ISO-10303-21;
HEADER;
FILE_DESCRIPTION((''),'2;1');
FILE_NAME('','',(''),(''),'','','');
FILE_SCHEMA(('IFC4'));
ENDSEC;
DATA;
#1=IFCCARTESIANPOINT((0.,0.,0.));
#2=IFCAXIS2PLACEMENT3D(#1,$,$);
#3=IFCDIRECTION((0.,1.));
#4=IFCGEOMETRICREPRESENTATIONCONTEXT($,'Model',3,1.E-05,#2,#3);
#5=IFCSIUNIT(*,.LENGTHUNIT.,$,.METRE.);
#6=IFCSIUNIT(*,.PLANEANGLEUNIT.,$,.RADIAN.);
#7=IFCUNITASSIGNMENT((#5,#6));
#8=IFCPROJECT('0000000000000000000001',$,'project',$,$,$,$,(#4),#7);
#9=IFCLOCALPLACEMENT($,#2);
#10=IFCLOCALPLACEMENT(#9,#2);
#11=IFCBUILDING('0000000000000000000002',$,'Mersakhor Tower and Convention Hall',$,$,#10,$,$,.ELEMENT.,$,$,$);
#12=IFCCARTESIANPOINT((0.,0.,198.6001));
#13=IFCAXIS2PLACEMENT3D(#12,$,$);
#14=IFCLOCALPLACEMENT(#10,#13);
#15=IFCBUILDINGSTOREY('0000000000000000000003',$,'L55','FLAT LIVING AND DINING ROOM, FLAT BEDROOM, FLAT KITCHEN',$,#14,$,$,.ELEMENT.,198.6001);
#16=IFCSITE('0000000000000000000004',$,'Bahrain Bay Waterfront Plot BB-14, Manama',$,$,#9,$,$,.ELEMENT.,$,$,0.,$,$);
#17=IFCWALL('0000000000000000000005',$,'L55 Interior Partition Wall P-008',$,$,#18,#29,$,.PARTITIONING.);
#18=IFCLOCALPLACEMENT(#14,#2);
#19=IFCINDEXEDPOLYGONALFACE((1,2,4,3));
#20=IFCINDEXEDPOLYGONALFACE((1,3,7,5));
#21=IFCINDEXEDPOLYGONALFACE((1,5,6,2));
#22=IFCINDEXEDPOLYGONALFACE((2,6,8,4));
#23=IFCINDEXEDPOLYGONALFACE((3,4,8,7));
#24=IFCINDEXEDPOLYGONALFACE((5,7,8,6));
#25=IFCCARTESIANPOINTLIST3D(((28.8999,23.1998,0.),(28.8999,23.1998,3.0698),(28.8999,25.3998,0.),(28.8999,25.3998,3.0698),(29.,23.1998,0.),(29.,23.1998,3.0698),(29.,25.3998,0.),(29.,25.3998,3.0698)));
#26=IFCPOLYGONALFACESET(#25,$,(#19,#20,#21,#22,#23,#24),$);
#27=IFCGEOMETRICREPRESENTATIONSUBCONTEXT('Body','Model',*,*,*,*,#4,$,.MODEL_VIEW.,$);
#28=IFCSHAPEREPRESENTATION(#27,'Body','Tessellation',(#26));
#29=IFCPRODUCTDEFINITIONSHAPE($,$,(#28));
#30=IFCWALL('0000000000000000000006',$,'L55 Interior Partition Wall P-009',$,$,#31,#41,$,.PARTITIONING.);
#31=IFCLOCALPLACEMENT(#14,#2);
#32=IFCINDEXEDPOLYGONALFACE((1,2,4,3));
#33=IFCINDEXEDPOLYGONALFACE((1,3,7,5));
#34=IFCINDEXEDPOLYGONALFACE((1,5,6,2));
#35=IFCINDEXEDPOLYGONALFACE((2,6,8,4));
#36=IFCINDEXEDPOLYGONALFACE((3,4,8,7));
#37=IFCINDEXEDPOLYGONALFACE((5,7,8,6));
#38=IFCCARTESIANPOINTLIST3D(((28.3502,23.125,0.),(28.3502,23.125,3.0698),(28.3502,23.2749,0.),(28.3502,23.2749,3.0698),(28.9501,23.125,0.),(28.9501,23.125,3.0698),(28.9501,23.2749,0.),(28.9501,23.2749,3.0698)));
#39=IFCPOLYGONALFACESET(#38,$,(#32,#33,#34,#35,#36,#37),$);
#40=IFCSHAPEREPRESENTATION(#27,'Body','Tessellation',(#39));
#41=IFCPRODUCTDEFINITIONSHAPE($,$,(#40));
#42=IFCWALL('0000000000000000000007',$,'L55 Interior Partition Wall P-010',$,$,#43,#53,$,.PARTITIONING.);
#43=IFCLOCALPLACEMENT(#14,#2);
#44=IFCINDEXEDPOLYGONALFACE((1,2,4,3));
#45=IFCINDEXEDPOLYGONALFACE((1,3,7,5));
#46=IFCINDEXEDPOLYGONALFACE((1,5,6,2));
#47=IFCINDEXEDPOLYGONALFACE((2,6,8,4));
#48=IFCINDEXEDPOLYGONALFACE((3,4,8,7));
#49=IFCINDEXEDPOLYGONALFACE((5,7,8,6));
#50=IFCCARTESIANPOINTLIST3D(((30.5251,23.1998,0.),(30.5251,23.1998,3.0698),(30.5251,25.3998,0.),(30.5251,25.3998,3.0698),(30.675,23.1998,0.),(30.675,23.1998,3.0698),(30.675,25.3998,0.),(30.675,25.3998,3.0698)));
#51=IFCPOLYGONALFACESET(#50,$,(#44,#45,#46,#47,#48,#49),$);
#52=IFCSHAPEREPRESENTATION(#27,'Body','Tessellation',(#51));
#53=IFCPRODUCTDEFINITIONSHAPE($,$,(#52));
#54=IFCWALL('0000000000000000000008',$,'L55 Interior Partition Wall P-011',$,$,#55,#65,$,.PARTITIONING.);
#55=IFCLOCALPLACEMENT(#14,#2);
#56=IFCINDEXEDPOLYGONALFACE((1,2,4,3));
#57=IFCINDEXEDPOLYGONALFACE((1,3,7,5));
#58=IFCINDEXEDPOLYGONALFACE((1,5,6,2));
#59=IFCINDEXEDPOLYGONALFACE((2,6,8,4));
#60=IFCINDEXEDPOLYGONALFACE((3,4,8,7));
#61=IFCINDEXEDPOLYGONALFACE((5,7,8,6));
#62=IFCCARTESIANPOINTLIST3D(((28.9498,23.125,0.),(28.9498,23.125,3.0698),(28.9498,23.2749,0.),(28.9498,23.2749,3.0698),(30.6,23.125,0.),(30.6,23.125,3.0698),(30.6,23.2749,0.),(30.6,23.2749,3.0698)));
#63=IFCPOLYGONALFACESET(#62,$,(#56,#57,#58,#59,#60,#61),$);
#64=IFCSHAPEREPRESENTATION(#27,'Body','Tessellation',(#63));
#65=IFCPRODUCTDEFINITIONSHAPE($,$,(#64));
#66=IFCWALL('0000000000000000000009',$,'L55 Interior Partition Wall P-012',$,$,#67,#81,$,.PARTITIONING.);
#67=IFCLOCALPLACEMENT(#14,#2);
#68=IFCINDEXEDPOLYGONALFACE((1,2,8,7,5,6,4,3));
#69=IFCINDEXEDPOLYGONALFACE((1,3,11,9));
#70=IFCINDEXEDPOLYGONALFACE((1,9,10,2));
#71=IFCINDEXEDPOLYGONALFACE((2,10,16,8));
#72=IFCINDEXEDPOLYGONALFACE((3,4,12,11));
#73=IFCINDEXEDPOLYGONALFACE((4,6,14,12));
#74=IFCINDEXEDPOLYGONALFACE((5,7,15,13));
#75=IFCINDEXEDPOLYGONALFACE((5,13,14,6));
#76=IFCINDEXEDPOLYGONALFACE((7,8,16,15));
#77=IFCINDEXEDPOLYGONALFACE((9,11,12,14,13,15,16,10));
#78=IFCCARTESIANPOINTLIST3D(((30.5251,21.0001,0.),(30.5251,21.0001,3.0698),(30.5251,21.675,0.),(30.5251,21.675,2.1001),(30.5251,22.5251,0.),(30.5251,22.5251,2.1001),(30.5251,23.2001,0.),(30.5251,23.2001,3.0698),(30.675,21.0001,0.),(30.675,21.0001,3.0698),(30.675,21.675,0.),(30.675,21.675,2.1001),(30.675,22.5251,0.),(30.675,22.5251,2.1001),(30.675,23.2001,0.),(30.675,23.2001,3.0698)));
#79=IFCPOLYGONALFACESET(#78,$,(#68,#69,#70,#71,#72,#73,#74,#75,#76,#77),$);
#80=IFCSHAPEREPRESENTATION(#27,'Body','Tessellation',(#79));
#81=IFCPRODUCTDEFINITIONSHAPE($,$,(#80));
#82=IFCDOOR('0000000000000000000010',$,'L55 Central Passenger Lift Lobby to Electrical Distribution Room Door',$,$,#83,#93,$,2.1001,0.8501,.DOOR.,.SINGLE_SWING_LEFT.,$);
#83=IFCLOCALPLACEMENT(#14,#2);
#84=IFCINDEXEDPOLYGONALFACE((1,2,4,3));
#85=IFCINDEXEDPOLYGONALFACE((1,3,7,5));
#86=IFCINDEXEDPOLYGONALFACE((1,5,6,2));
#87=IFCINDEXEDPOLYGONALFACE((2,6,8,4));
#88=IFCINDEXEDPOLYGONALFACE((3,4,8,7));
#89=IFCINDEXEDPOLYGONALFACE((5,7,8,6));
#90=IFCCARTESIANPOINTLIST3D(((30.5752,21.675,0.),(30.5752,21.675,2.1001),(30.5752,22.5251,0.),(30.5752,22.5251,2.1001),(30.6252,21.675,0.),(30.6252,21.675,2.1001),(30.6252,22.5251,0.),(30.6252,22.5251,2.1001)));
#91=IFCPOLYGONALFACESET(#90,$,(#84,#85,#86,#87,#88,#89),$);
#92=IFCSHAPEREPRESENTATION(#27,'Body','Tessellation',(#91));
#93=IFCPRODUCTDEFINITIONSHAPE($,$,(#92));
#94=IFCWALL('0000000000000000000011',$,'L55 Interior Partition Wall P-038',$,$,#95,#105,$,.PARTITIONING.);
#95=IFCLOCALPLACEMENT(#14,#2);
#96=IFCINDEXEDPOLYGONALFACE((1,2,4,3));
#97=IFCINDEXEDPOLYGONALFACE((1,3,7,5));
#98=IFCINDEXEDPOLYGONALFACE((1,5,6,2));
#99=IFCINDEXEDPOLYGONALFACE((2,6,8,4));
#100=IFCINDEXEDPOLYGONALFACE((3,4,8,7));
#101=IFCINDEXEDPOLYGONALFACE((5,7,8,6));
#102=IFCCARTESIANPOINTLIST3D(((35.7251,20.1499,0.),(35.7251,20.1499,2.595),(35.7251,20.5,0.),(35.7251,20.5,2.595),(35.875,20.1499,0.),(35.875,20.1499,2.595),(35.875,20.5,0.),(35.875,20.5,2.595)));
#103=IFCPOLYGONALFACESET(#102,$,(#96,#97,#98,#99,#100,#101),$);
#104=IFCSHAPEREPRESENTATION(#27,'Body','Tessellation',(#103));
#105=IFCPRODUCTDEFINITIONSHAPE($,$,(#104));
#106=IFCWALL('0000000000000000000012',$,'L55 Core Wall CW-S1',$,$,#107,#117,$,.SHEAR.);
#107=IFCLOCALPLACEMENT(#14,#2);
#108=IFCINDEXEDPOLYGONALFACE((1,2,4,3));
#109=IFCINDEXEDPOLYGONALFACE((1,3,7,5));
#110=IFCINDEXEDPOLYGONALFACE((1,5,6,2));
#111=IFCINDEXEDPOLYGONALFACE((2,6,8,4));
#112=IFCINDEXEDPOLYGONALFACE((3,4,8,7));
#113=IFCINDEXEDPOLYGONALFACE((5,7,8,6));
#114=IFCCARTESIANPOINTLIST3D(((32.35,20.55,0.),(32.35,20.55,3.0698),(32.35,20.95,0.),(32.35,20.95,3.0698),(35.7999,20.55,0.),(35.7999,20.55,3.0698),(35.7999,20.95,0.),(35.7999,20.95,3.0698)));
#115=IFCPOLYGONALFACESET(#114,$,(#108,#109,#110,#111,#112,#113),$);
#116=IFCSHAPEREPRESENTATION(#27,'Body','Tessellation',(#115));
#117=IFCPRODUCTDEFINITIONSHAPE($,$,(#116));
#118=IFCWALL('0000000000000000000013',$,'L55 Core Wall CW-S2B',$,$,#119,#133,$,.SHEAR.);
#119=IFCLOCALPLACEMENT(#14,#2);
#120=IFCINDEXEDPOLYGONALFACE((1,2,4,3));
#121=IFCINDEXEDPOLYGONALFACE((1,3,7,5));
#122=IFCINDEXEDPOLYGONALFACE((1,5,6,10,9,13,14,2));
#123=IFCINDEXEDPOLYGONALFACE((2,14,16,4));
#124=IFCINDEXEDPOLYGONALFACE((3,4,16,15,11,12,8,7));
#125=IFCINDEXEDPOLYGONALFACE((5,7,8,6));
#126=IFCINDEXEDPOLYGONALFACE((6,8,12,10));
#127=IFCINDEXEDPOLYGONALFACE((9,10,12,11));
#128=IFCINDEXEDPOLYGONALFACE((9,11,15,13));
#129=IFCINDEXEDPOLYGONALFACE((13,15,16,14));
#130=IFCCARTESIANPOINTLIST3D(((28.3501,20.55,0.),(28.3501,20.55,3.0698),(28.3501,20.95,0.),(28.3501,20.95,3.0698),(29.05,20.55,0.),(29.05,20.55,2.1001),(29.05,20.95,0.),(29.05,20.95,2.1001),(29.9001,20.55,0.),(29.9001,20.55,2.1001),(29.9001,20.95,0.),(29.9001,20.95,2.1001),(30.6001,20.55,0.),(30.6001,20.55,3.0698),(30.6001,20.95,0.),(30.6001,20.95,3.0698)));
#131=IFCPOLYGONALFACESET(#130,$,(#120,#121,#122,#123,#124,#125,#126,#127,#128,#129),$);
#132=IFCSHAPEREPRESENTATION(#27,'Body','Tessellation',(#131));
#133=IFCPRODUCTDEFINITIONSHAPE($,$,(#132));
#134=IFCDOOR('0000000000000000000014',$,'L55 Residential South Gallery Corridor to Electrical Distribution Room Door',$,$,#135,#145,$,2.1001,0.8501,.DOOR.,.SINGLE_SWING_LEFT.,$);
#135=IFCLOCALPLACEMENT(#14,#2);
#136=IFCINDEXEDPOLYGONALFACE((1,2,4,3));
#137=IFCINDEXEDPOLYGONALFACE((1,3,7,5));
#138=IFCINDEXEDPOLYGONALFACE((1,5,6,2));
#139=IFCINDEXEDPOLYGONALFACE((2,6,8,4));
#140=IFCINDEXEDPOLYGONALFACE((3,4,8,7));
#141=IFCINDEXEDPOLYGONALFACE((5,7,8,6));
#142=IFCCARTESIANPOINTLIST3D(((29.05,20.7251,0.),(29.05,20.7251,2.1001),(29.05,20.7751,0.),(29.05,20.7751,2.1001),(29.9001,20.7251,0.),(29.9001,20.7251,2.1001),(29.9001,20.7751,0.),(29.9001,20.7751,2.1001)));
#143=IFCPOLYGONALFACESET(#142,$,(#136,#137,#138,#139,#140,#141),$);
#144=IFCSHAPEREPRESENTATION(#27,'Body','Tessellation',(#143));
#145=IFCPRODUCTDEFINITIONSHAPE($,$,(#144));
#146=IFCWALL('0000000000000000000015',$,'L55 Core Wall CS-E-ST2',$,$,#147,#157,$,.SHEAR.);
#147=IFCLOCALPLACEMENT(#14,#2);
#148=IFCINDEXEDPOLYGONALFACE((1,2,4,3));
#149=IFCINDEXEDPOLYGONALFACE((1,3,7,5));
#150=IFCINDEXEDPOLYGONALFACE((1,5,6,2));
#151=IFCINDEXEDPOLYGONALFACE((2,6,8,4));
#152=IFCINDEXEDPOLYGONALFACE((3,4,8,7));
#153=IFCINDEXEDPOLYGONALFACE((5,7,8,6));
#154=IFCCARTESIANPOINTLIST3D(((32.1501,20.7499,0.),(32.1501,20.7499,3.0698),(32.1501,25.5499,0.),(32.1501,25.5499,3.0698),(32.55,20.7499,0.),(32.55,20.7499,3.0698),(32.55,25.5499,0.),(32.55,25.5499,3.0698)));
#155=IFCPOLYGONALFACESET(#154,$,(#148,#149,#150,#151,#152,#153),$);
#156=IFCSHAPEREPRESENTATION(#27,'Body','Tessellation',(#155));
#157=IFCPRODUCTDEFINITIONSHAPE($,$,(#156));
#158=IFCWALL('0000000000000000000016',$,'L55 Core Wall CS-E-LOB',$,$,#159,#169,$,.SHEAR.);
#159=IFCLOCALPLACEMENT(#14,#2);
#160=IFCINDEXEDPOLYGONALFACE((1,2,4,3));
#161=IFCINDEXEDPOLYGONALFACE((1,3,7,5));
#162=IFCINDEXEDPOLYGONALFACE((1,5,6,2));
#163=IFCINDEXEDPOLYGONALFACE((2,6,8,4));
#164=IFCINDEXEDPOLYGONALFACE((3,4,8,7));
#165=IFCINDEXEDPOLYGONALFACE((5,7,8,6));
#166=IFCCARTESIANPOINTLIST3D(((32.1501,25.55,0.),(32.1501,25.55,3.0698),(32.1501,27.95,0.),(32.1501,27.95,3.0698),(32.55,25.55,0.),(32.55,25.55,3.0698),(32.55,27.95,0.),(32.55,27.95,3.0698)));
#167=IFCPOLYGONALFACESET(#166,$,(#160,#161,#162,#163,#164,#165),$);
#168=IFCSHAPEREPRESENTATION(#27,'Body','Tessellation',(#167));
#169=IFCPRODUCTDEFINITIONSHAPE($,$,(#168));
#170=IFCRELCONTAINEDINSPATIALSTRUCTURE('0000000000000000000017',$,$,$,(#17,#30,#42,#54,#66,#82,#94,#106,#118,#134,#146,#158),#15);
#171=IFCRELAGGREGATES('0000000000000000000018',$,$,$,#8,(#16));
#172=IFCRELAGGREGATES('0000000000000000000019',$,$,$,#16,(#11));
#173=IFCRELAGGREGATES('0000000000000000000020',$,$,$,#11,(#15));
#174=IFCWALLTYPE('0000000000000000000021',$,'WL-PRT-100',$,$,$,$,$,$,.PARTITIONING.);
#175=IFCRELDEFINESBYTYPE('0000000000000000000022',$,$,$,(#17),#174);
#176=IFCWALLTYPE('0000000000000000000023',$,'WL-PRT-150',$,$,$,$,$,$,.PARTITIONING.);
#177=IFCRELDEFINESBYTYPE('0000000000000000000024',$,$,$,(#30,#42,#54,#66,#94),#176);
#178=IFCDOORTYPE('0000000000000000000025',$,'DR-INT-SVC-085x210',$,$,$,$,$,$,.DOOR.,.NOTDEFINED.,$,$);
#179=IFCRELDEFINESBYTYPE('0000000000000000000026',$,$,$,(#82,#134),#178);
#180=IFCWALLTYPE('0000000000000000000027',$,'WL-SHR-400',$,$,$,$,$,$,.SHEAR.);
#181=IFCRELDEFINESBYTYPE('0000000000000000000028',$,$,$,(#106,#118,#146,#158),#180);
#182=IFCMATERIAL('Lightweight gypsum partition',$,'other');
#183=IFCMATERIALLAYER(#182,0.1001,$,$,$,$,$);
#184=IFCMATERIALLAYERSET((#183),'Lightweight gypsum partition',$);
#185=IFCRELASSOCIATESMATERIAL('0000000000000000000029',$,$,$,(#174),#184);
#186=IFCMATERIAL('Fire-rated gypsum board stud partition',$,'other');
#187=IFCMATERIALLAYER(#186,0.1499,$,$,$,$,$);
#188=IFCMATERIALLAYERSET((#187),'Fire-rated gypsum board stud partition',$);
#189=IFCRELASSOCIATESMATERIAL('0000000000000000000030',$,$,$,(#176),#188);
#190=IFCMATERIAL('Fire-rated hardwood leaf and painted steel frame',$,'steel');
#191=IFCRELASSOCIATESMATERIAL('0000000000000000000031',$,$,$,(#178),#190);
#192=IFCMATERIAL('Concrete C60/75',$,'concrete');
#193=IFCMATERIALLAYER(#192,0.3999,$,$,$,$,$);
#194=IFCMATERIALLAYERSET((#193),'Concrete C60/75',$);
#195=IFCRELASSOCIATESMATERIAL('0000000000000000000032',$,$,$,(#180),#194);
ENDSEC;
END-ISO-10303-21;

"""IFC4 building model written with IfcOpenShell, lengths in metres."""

from ifc_helpers import new_model, si_unit, direction, frame, frame_2d, origin, place, context, subcontext, project, spatial, rectangle, extrude, material, layer, layer_set, type_object, element, fill, save


model = new_model("IFC4")

# Units and contexts
model_context = context("Model", 3, precision=1e-05, world=origin(), true_north=direction((0.0, 1.0)))
body_context = subcontext(model_context, "Body", "Model", "MODEL_VIEW")
ifc_project = project(units=[si_unit("LENGTHUNIT", "METRE"), si_unit("PLANEANGLEUNIT", "RADIAN")], contexts=[model_context])

# Site, building, storey
site_placement = place(None, origin())
site = spatial("IfcSite", under=ifc_project, at=site_placement, Name="Bahrain Bay Waterfront Plot BB-14, Manama", CompositionType="ELEMENT", RefElevation=0.0)
building_placement = place(site_placement, origin())
building = spatial("IfcBuilding", under=site, at=building_placement, Name="Mersakhor Tower and Convention Hall", CompositionType="ELEMENT")
storey_placement = place(building_placement, frame((0.0, 0.0, 198.6001)))
storey = spatial("IfcBuildingStorey", under=building, at=storey_placement, Name="L55", Description="FLAT LIVING AND DINING ROOM, FLAT BEDROOM, FLAT KITCHEN", CompositionType="ELEMENT", Elevation=198.6001)

# Walls
ifc_material_1 = material(Name="Lightweight gypsum partition", Category="other")
ifc_layer_1 = layer(ifc_material_1, 0.1001)
ifc_layer_set_1 = layer_set([ifc_layer_1], Name="Lightweight gypsum partition")
wall_type_1 = type_object("IfcWallType", Name="WL-PRT-100", PredefinedType="PARTITIONING", material=ifc_layer_set_1)
wall_1_placement = place(storey_placement, frame((28.95, 25.3999, 0.0), z_axis=(0.0, 0.0, 1.0), x_axis=(0.0, -1.0, 0.0)))
element("IfcWall", 1, at=wall_1_placement, inside=storey, type_object=wall_type_1, Name="L55 Interior Partition Wall P-008", PredefinedType="PARTITIONING", context=body_context, shape_type="SweptSolid", body=[
    extrude(rectangle(XDim=2.2, YDim=0.1001, at=frame_2d((1.1001, 0.0))), origin(), (0.0, 0.0, 1.0), 3.0698),
])
ifc_material_2 = material(Name="Fire-rated gypsum board stud partition", Category="other")
ifc_layer_2 = layer(ifc_material_2, 0.1499)
ifc_layer_set_2 = layer_set([ifc_layer_2], Name="Fire-rated gypsum board stud partition")
wall_type_2 = type_object("IfcWallType", Name="WL-PRT-150", PredefinedType="PARTITIONING", material=ifc_layer_set_2)
wall_2_placement = place(storey_placement, frame((28.95, 23.2, 0.0), z_axis=(0.0, 0.0, 1.0), x_axis=(-1.0, 0.0, 0.0)))
element("IfcWall", 2, at=wall_2_placement, inside=storey, type_object=wall_type_2, Name="L55 Interior Partition Wall P-009", PredefinedType="PARTITIONING", context=body_context, shape_type="SweptSolid", body=[
    extrude(rectangle(XDim=0.5999, YDim=0.1499, at=frame_2d((0.2998, 0.0))), origin(), (0.0, 0.0, 1.0), 3.0698),
])
wall_3_placement = place(storey_placement, frame((30.6001, 25.3999, 0.0), z_axis=(0.0, 0.0, 1.0), x_axis=(0.0, -1.0, 0.0)))
element("IfcWall", 3, at=wall_3_placement, inside=storey, type_object=wall_type_2, Name="L55 Interior Partition Wall P-010", PredefinedType="PARTITIONING", context=body_context, shape_type="SweptSolid", body=[
    extrude(rectangle(XDim=2.2, YDim=0.1499, at=frame_2d((1.1001, 0.0))), origin(), (0.0, 0.0, 1.0), 3.0698),
])
wall_4_placement = place(storey_placement, frame((30.6001, 23.2, 0.0), z_axis=(0.0, 0.0, 1.0), x_axis=(-1.0, 0.0, 0.0)))
element("IfcWall", 4, at=wall_4_placement, inside=storey, type_object=wall_type_2, Name="L55 Interior Partition Wall P-011", PredefinedType="PARTITIONING", context=body_context, shape_type="SweptSolid", body=[
    extrude(rectangle(XDim=1.6501, YDim=0.1499, at=frame_2d((0.8252, 0.0))), origin(), (0.0, 0.0, 1.0), 3.0698),
])

# Wall, opening, door
wall_5_placement = place(storey_placement, frame((30.6001, 21.0, 0.0), z_axis=(0.0, 0.0, 1.0), x_axis=(0.0, 1.0, 0.0)))
wall_5 = element("IfcWall", 5, at=wall_5_placement, inside=storey, type_object=wall_type_2, Name="L55 Interior Partition Wall P-012", PredefinedType="PARTITIONING", context=body_context, shape_type="SweptSolid", body=[
    extrude(rectangle(XDim=2.2, YDim=0.1499, at=frame_2d((1.1001, 0.0))), origin(), (0.0, 0.0, 1.0), 3.0698),
])
opening_1_placement = place(wall_5_placement, frame((0.675, 0.0, 0.0)))
opening_1 = element("IfcOpeningElement", 6, at=opening_1_placement, cuts=wall_5, PredefinedType="OPENING", context=body_context, shape_type="SweptSolid", body=[
    extrude(rectangle(XDim=0.8501, YDim=2.1001, at=frame_2d((0.425, 1.05))), frame((0.0, 0.085, 0.0), z_axis=(0.0, -1.0, 0.0), x_axis=(1.0, 0.0, 0.0)), (0.0, 0.0, 1.0), 0.1699),
])
ifc_material_3 = material(Name="Fire-rated hardwood leaf and painted steel frame", Category="steel")
door_type_1 = type_object("IfcDoorType", Name="DR-INT-SVC-085x210", OperationType="NOTDEFINED", PredefinedType="DOOR", material=ifc_material_3)
door_1_placement = place(opening_1_placement, origin())
door_1 = element("IfcDoor", 7, at=door_1_placement, inside=storey, type_object=door_type_1, Name="L55 Central Passenger Lift Lobby to Electrical Distribution Room Door", OperationType="SINGLE_SWING_LEFT", OverallHeight=2.1001, OverallWidth=0.8501, PredefinedType="DOOR", context=body_context, shape_type="SweptSolid", body=[
    extrude(rectangle(XDim=0.8501, YDim=2.1001, at=frame_2d((0.425, 1.05))), frame((0.0, 0.0249, 0.0), z_axis=(0.0, -1.0, 0.0), x_axis=(1.0, 0.0, 0.0)), (0.0, 0.0, 1.0), 0.05),
])
fill(opening_1, door_1)

# Walls
wall_6_placement = place(storey_placement, frame((35.8, 20.5, 0.0), z_axis=(0.0, 0.0, 1.0), x_axis=(0.0, -1.0, 0.0)))
element("IfcWall", 8, at=wall_6_placement, inside=storey, type_object=wall_type_2, Name="L55 Interior Partition Wall P-038", PredefinedType="PARTITIONING", context=body_context, shape_type="SweptSolid", body=[
    extrude(rectangle(XDim=0.3501, YDim=0.1499, at=frame_2d((0.175, 0.0))), origin(), (0.0, 0.0, 1.0), 2.595),
])
ifc_material_4 = material(Name="Concrete C60/75", Category="concrete")
ifc_layer_3 = layer(ifc_material_4, 0.3999)
ifc_layer_set_3 = layer_set([ifc_layer_3], Name="Concrete C60/75")
wall_type_3 = type_object("IfcWallType", Name="WL-SHR-400", PredefinedType="SHEAR", material=ifc_layer_set_3)
wall_7_placement = place(storey_placement, frame((35.8, 20.75, 0.0), z_axis=(0.0, 0.0, 1.0), x_axis=(-1.0, 0.0, 0.0)))
element("IfcWall", 9, at=wall_7_placement, inside=storey, type_object=wall_type_3, Name="L55 Core Wall CW-S1", PredefinedType="SHEAR", context=body_context, shape_type="SweptSolid", body=[
    extrude(rectangle(XDim=3.45, YDim=0.3999, at=frame_2d((1.7251, 0.0))), origin(), (0.0, 0.0, 1.0), 3.0698),
])

# Wall, opening, door
wall_8_placement = place(storey_placement, frame((30.6001, 20.75, 0.0), z_axis=(0.0, 0.0, 1.0), x_axis=(-1.0, 0.0, 0.0)))
wall_8 = element("IfcWall", 10, at=wall_8_placement, inside=storey, type_object=wall_type_3, Name="L55 Core Wall CW-S2B", PredefinedType="SHEAR", context=body_context, shape_type="SweptSolid", body=[
    extrude(rectangle(XDim=2.25, YDim=0.3999, at=frame_2d((1.125, 0.0))), origin(), (0.0, 0.0, 1.0), 3.0698),
])
opening_2_placement = place(wall_8_placement, frame((0.7, 0.0, 0.0)))
opening_2 = element("IfcOpeningElement", 11, at=opening_2_placement, cuts=wall_8, PredefinedType="OPENING", context=body_context, shape_type="SweptSolid", body=[
    extrude(rectangle(XDim=0.8501, YDim=2.1001, at=frame_2d((0.425, 1.05))), frame((0.0, 0.21, 0.0), z_axis=(0.0, -1.0, 0.0), x_axis=(1.0, 0.0, 0.0)), (0.0, 0.0, 1.0), 0.4199),
])
door_2_placement = place(opening_2_placement, origin())
door_2 = element("IfcDoor", 12, at=door_2_placement, inside=storey, type_object=door_type_1, Name="L55 Residential South Gallery Corridor to Electrical Distribution Room Door", OperationType="SINGLE_SWING_LEFT", OverallHeight=2.1001, OverallWidth=0.8501, PredefinedType="DOOR", context=body_context, shape_type="SweptSolid", body=[
    extrude(rectangle(XDim=0.8501, YDim=2.1001, at=frame_2d((0.425, 1.05))), frame((0.0, 0.0249, 0.0), z_axis=(0.0, -1.0, 0.0), x_axis=(1.0, 0.0, 0.0)), (0.0, 0.0, 1.0), 0.05),
])
fill(opening_2, door_2)

# Walls
wall_9_placement = place(storey_placement, frame((32.3501, 20.75, 0.0), z_axis=(0.0, 0.0, 1.0), x_axis=(0.0, 1.0, 0.0)))
element("IfcWall", 13, at=wall_9_placement, inside=storey, type_object=wall_type_3, Name="L55 Core Wall CS-E-ST2", PredefinedType="SHEAR", context=body_context, shape_type="SweptSolid", body=[
    extrude(rectangle(XDim=4.8, YDim=0.3999, at=frame_2d((2.3999, 0.0))), origin(), (0.0, 0.0, 1.0), 3.0698),
])
wall_10_placement = place(storey_placement, frame((32.3501, 25.55, 0.0), z_axis=(0.0, 0.0, 1.0), x_axis=(0.0, 1.0, 0.0)))
element("IfcWall", 14, at=wall_10_placement, inside=storey, type_object=wall_type_3, Name="L55 Core Wall CS-E-LOB", PredefinedType="SHEAR", context=body_context, shape_type="SweptSolid", body=[
    extrude(rectangle(XDim=2.3999, YDim=0.3999, at=frame_2d((1.2, 0.0))), origin(), (0.0, 0.0, 1.0), 3.0698),
])

save(model, "model.ifc")
